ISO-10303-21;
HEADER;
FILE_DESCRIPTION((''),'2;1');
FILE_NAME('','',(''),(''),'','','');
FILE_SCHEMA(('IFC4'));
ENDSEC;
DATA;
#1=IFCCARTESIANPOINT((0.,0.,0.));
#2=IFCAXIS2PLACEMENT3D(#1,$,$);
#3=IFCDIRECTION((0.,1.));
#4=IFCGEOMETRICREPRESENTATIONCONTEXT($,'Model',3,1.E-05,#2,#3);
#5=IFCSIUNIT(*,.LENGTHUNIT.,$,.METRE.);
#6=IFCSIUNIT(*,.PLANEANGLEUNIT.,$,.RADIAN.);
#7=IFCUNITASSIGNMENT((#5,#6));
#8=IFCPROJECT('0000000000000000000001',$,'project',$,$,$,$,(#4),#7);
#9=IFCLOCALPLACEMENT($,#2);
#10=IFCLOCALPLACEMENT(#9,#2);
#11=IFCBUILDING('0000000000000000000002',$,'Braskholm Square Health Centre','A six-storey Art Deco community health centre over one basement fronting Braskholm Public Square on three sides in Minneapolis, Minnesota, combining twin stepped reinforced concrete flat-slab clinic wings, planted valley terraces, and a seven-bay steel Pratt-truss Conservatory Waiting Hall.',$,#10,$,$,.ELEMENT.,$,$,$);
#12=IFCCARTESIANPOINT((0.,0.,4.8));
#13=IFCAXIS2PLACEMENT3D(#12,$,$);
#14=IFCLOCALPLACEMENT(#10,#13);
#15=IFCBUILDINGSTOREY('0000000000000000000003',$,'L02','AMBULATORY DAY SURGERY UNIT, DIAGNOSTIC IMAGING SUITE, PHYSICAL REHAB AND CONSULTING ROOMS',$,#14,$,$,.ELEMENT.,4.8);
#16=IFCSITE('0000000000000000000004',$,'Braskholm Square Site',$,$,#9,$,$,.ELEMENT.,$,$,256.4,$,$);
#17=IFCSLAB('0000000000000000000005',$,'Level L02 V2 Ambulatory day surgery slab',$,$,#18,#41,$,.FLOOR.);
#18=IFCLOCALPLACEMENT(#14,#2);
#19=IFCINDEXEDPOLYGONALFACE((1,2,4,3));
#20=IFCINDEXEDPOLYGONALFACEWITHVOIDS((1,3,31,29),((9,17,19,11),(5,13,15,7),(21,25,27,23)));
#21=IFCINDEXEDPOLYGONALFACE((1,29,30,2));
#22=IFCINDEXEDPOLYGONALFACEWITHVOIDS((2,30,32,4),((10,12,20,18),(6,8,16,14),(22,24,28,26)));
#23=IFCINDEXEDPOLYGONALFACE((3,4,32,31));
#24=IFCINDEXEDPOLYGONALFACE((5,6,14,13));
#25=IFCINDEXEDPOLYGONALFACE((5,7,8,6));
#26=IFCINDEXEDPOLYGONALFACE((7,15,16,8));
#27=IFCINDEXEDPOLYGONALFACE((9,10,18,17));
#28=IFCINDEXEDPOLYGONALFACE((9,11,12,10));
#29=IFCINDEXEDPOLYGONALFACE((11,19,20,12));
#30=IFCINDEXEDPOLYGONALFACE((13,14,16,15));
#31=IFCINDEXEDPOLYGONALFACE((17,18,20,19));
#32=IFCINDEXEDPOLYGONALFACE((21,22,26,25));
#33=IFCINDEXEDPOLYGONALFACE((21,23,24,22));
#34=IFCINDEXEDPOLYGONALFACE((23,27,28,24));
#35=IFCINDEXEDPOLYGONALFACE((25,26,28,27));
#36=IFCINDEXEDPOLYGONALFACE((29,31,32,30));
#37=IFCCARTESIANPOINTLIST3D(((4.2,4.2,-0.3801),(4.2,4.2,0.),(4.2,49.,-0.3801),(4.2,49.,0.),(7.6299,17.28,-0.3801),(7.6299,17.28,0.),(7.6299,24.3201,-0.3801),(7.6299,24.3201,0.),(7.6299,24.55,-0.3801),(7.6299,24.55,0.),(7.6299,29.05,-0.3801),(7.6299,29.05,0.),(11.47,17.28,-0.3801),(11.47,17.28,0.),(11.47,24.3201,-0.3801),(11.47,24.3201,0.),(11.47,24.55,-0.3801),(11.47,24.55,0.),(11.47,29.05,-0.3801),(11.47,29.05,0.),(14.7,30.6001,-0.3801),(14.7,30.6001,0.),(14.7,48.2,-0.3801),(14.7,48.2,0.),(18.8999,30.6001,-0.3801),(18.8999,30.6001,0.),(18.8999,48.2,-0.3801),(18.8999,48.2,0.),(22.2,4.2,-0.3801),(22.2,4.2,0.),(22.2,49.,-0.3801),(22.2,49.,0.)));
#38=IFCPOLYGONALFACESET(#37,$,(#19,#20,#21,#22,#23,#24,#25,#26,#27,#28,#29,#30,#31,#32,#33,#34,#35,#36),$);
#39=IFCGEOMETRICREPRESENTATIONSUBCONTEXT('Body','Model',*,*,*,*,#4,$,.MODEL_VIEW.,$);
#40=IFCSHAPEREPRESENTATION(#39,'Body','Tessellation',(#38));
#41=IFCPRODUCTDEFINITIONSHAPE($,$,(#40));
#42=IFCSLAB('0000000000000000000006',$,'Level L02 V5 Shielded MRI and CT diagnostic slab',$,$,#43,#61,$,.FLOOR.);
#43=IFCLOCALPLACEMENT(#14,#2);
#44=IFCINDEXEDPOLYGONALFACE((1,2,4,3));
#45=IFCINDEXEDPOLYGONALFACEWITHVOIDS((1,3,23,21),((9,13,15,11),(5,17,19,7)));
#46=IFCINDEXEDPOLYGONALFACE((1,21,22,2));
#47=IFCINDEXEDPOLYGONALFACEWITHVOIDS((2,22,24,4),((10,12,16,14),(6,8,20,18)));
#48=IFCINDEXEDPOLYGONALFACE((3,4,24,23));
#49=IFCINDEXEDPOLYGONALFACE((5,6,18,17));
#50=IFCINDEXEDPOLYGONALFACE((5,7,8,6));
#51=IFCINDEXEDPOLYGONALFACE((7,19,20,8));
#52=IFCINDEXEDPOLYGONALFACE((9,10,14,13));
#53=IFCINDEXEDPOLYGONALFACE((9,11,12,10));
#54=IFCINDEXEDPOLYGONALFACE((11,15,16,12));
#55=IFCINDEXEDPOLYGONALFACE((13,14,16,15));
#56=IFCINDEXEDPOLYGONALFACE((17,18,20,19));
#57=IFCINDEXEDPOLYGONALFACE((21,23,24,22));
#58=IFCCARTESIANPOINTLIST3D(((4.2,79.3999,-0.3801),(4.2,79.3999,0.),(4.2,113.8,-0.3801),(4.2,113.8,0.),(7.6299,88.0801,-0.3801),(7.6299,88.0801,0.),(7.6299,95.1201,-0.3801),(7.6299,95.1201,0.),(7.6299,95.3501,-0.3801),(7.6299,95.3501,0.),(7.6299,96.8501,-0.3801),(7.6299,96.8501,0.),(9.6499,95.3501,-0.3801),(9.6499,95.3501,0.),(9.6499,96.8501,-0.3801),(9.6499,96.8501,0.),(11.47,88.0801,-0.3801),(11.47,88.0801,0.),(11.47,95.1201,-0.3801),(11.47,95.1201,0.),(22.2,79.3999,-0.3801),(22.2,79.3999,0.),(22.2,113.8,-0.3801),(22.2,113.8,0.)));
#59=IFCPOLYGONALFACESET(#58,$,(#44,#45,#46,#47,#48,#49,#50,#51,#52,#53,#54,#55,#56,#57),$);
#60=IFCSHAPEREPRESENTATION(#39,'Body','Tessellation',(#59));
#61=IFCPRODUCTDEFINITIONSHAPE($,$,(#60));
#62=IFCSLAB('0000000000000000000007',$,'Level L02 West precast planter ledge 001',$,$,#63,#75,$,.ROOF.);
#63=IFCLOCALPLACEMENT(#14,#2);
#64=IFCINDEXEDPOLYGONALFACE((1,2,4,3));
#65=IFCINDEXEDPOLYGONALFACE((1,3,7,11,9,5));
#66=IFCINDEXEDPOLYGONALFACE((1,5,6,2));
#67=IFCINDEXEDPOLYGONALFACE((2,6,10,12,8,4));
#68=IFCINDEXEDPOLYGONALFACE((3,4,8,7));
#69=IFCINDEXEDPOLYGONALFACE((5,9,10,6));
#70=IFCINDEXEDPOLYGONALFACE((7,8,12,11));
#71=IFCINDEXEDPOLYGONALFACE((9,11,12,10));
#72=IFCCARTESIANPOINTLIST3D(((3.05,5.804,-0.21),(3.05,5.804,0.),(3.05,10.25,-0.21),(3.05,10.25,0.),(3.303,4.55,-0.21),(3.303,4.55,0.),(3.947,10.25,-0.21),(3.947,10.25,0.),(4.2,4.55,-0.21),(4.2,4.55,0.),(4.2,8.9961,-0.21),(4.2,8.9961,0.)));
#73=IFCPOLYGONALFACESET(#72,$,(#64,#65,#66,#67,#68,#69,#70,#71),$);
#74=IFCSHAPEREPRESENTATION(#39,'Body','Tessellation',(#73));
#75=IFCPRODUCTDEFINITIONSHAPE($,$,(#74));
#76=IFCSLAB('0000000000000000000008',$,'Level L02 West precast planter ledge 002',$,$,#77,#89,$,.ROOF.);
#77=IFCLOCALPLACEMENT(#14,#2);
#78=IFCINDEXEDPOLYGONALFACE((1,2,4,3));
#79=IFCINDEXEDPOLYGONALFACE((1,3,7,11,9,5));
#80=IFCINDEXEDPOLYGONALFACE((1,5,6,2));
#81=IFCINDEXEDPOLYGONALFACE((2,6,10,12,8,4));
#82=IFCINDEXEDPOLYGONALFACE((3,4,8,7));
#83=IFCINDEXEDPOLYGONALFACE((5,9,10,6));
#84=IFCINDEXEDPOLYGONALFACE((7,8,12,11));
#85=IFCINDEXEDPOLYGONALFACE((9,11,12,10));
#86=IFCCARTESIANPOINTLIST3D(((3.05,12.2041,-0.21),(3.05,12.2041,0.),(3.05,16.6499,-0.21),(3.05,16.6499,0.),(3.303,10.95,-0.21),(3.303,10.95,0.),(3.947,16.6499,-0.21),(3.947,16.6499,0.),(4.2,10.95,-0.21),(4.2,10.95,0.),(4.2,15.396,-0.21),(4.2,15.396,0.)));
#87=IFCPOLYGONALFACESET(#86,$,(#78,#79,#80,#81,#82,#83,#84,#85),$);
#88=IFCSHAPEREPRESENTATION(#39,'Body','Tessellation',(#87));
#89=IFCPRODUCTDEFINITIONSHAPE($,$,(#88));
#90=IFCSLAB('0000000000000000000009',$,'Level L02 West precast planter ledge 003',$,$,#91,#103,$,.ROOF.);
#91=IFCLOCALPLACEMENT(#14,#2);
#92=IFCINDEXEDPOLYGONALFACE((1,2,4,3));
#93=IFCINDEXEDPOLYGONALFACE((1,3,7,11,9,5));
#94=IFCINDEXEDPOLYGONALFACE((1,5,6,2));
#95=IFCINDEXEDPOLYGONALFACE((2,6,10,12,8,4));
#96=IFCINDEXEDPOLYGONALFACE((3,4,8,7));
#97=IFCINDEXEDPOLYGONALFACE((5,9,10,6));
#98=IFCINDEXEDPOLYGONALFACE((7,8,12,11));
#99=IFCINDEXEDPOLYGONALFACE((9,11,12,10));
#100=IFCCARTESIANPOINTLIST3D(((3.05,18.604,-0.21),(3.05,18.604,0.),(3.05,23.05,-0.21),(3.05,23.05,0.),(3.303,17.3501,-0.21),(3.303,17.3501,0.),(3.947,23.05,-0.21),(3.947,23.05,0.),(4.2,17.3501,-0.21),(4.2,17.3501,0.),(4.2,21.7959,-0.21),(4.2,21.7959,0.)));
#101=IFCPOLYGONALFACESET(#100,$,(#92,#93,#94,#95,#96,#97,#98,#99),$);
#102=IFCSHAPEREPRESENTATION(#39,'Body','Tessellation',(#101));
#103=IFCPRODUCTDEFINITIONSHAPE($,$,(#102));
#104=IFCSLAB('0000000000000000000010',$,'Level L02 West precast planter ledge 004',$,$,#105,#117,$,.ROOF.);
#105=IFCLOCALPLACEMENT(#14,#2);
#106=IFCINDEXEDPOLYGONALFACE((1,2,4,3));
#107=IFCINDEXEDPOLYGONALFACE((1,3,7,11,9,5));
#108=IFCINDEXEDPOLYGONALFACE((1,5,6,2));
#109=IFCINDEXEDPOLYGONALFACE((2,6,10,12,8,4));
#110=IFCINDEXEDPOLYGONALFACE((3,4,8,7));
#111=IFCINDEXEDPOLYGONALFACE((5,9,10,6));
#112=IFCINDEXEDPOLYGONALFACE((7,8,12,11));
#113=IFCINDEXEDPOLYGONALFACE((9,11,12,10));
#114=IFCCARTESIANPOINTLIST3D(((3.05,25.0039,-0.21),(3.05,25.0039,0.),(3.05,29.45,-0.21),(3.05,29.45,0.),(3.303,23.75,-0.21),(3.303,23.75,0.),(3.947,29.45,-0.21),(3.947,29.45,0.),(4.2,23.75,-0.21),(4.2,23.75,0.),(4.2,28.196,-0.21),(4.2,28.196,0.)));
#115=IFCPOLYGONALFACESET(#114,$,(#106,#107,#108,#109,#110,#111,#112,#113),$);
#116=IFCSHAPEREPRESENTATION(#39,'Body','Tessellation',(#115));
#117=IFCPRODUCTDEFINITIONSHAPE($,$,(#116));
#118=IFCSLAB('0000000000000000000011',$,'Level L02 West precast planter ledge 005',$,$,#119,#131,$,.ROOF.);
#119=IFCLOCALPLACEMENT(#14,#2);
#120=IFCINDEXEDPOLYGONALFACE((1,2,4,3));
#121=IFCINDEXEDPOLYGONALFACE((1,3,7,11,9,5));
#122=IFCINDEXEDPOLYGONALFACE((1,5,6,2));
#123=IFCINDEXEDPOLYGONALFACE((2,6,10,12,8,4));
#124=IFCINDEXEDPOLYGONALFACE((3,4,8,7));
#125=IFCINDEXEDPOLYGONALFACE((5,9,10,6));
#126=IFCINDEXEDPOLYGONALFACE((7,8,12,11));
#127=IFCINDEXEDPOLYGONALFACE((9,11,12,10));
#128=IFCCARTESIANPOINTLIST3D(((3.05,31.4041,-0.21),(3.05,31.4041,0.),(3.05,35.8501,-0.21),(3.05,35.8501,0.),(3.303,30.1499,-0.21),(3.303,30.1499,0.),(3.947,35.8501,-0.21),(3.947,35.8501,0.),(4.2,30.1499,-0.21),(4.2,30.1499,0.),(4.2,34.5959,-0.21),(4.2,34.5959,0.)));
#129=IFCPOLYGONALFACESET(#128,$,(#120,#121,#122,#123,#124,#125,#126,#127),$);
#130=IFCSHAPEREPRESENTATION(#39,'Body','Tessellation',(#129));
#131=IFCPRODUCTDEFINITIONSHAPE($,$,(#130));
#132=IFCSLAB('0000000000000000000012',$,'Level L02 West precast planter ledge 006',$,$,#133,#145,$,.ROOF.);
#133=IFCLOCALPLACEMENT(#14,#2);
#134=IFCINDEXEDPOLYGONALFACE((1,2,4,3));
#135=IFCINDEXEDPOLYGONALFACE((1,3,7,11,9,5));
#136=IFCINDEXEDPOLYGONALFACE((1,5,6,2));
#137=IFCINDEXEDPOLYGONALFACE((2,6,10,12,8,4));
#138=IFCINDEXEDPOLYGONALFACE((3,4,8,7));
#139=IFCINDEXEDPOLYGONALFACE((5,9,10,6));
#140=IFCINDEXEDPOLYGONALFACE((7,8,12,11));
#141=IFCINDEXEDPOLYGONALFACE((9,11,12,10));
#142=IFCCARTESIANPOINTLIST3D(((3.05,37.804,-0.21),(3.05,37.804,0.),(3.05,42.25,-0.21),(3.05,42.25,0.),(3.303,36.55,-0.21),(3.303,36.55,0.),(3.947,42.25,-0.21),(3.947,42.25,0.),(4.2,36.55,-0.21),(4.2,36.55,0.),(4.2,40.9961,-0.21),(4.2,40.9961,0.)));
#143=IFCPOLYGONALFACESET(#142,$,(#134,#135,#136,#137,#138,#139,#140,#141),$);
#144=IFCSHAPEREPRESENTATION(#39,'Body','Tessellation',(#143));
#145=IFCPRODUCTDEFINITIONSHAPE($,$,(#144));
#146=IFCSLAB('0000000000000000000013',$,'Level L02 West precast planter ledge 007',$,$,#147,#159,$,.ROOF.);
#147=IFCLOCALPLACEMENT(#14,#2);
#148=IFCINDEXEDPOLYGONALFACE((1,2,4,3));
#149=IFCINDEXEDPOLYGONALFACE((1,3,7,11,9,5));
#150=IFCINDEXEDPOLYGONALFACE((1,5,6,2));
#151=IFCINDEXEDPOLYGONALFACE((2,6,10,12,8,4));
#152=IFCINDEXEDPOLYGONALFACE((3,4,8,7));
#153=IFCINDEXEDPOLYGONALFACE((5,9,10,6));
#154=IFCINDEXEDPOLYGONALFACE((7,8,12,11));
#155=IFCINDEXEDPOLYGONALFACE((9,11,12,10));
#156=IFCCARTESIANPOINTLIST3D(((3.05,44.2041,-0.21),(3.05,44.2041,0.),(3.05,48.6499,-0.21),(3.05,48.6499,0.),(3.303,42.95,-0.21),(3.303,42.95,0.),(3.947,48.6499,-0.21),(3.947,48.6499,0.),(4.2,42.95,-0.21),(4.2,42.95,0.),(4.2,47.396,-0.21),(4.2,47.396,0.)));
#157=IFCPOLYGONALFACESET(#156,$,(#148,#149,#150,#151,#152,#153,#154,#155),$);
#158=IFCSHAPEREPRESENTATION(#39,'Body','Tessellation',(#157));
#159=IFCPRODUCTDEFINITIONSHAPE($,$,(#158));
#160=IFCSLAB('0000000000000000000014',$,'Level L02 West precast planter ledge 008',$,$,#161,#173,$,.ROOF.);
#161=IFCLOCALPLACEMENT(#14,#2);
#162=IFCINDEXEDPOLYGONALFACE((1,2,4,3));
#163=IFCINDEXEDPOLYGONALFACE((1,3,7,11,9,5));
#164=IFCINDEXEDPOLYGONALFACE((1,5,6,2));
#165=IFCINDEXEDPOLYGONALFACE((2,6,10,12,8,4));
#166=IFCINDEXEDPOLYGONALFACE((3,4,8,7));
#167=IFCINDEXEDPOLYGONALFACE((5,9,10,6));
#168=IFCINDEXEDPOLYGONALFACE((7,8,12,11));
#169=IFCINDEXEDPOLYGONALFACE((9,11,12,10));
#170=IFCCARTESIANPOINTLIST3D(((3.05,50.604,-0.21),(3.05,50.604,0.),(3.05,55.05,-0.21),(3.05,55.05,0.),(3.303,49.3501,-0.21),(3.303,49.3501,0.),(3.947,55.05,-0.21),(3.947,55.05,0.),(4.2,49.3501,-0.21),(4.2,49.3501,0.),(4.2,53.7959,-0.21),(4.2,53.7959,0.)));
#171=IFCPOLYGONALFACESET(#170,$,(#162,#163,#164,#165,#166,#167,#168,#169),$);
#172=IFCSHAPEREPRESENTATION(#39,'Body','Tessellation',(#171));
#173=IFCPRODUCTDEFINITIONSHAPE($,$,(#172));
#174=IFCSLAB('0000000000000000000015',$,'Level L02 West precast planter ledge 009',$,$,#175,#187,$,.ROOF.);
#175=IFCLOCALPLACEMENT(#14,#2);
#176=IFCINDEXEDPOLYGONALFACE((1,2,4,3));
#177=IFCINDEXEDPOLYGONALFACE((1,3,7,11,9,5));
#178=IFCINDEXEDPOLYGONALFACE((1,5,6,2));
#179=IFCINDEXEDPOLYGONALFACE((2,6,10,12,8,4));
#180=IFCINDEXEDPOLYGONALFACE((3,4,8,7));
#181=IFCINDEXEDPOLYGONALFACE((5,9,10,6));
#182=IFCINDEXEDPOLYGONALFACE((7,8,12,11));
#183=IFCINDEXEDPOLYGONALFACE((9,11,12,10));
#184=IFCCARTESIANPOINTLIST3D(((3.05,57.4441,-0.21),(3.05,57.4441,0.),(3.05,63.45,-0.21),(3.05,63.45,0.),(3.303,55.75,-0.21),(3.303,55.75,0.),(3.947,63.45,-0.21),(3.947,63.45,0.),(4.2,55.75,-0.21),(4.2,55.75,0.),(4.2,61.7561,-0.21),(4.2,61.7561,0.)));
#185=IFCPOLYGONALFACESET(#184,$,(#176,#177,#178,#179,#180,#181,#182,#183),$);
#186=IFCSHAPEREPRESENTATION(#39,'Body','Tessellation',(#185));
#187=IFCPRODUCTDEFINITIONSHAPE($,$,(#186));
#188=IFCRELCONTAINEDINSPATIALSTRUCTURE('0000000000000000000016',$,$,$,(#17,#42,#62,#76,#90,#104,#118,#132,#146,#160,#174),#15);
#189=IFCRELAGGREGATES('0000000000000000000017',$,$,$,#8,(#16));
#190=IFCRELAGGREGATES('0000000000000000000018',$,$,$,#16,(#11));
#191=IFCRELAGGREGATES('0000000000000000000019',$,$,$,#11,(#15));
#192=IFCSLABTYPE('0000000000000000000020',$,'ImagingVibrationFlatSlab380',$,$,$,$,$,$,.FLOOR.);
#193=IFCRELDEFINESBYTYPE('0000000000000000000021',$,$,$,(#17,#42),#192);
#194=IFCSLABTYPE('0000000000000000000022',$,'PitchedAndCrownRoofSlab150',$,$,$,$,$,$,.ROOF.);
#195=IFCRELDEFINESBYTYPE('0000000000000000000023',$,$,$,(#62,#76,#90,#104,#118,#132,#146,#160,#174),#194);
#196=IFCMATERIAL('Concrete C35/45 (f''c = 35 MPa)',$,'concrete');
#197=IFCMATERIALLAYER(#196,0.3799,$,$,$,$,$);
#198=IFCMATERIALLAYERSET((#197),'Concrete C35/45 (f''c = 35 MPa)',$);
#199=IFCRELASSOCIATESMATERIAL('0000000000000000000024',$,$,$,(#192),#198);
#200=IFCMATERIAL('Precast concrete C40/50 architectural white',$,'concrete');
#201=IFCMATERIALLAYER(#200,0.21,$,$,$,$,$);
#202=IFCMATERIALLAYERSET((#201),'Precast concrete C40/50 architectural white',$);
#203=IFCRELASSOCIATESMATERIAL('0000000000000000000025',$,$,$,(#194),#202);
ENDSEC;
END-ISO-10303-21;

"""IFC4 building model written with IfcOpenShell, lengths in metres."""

from ifc_helpers import new_model, si_unit, direction, frame, origin, place, context, subcontext, project, spatial, polyline, outline, extrude, material, layer, layer_set, type_object, element, save


model = new_model("IFC4")

# Units and contexts
model_context = context("Model", 3, precision=1e-05, world=origin(), true_north=direction((0.0, 1.0)))
body_context = subcontext(model_context, "Body", "Model", "MODEL_VIEW")
ifc_project = project(units=[si_unit("LENGTHUNIT", "METRE"), si_unit("PLANEANGLEUNIT", "RADIAN")], contexts=[model_context])

# Site, building, storey
site_placement = place(None, origin())
site = spatial("IfcSite", under=ifc_project, at=site_placement, Name="Braskholm Square Site", CompositionType="ELEMENT", RefElevation=256.4)
building_placement = place(site_placement, origin())
building = spatial("IfcBuilding", under=site, at=building_placement, Name="Braskholm Square Health Centre", Description="A six-storey Art Deco community health centre over one basement fronting Braskholm Public Square on three sides in Minneapolis, Minnesota, combining twin stepped reinforced concrete flat-slab clinic wings, planted valley terraces, and a seven-bay steel Pratt-truss Conservatory Waiting Hall.", CompositionType="ELEMENT")
storey_placement = place(building_placement, frame((0.0, 0.0, 4.8)))
storey = spatial("IfcBuildingStorey", under=building, at=storey_placement, Name="L02", Description="AMBULATORY DAY SURGERY UNIT, DIAGNOSTIC IMAGING SUITE, PHYSICAL REHAB AND CONSULTING ROOMS", CompositionType="ELEMENT", Elevation=4.8)

# Slabs
ifc_material_1 = material(Name="Concrete C35/45 (f'c = 35 MPa)", Category="concrete")
ifc_layer_1 = layer(ifc_material_1, 0.3799)
ifc_layer_set_1 = layer_set([ifc_layer_1], Name="Concrete C35/45 (f'c = 35 MPa)")
slab_type_1 = type_object("IfcSlabType", Name="ImagingVibrationFlatSlab380", PredefinedType="FLOOR", material=ifc_layer_set_1)
slab_1_placement = place(storey_placement, frame((0.0, 0.0, -0.3801)))
element("IfcSlab", 1, at=slab_1_placement, inside=storey, type_object=slab_type_1, Name="Level L02 V2 Ambulatory day surgery slab", PredefinedType="FLOOR", context=body_context, shape_type="SweptSolid", body=[
    extrude(outline(polyline([(4.2, 4.2), (22.2, 4.2), (22.2, 49.0), (4.2, 49.0), (4.2, 4.2)]), holes=[polyline([(7.6299, 17.28), (11.47, 17.28), (11.47, 24.3201), (7.6299, 24.3201), (7.6299, 17.28)]), polyline([(7.6299, 24.55), (11.47, 24.55), (11.47, 29.05), (7.6299, 29.05), (7.6299, 24.55)]), polyline([(14.7, 30.6001), (18.8999, 30.6001), (18.8999, 48.2), (14.7, 48.2), (14.7, 30.6001)])]), origin(), (0.0, 0.0, 1.0), 0.3801),
])
slab_2_placement = place(storey_placement, frame((0.0, 0.0, -0.3801)))
element("IfcSlab", 2, at=slab_2_placement, inside=storey, type_object=slab_type_1, Name="Level L02 V5 Shielded MRI and CT diagnostic slab", PredefinedType="FLOOR", context=body_context, shape_type="SweptSolid", body=[
    extrude(outline(polyline([(4.2, 79.3999), (22.2, 79.3999), (22.2, 113.8), (4.2, 113.8), (4.2, 79.3999)]), holes=[polyline([(7.6299, 88.0801), (11.47, 88.0801), (11.47, 95.1201), (7.6299, 95.1201), (7.6299, 88.0801)]), polyline([(7.6299, 95.3501), (9.6499, 95.3501), (9.6499, 96.8501), (7.6299, 96.8501), (7.6299, 95.3501)])]), origin(), (0.0, 0.0, 1.0), 0.3801),
])
ifc_material_2 = material(Name="Precast concrete C40/50 architectural white", Category="concrete")
ifc_layer_2 = layer(ifc_material_2, 0.21)
ifc_layer_set_2 = layer_set([ifc_layer_2], Name="Precast concrete C40/50 architectural white")
slab_type_2 = type_object("IfcSlabType", Name="PitchedAndCrownRoofSlab150", PredefinedType="ROOF", material=ifc_layer_set_2)
slab_3_placement = place(storey_placement, frame((0.0, 0.0, -0.21)))
element("IfcSlab", 3, at=slab_3_placement, inside=storey, type_object=slab_type_2, Name="Level L02 West precast planter ledge 001", PredefinedType="ROOF", context=body_context, shape_type="SweptSolid", body=[
    extrude(outline(polyline([(3.303, 4.55), (4.2, 4.55), (4.2, 8.9961), (3.947, 10.25), (3.05, 10.25), (3.05, 5.804), (3.303, 4.55)])), origin(), (0.0, 0.0, 1.0), 0.21),
])
slab_4_placement = place(storey_placement, frame((0.0, 0.0, -0.21)))
element("IfcSlab", 4, at=slab_4_placement, inside=storey, type_object=slab_type_2, Name="Level L02 West precast planter ledge 002", PredefinedType="ROOF", context=body_context, shape_type="SweptSolid", body=[
    extrude(outline(polyline([(3.303, 10.95), (4.2, 10.95), (4.2, 15.396), (3.947, 16.6499), (3.05, 16.6499), (3.05, 12.2041), (3.303, 10.95)])), origin(), (0.0, 0.0, 1.0), 0.21),
])
slab_5_placement = place(storey_placement, frame((0.0, 0.0, -0.21)))
element("IfcSlab", 5, at=slab_5_placement, inside=storey, type_object=slab_type_2, Name="Level L02 West precast planter ledge 003", PredefinedType="ROOF", context=body_context, shape_type="SweptSolid", body=[
    extrude(outline(polyline([(3.303, 17.3501), (4.2, 17.3501), (4.2, 21.7959), (3.947, 23.05), (3.05, 23.05), (3.05, 18.604), (3.303, 17.3501)])), origin(), (0.0, 0.0, 1.0), 0.21),
])
slab_6_placement = place(storey_placement, frame((0.0, 0.0, -0.21)))
element("IfcSlab", 6, at=slab_6_placement, inside=storey, type_object=slab_type_2, Name="Level L02 West precast planter ledge 004", PredefinedType="ROOF", context=body_context, shape_type="SweptSolid", body=[
    extrude(outline(polyline([(3.303, 23.75), (4.2, 23.75), (4.2, 28.196), (3.947, 29.45), (3.05, 29.45), (3.05, 25.0039), (3.303, 23.75)])), origin(), (0.0, 0.0, 1.0), 0.21),
])
slab_7_placement = place(storey_placement, frame((0.0, 0.0, -0.21)))
element("IfcSlab", 7, at=slab_7_placement, inside=storey, type_object=slab_type_2, Name="Level L02 West precast planter ledge 005", PredefinedType="ROOF", context=body_context, shape_type="SweptSolid", body=[
    extrude(outline(polyline([(3.303, 30.1499), (4.2, 30.1499), (4.2, 34.5959), (3.947, 35.8501), (3.05, 35.8501), (3.05, 31.4041), (3.303, 30.1499)])), origin(), (0.0, 0.0, 1.0), 0.21),
])
slab_8_placement = place(storey_placement, frame((0.0, 0.0, -0.21)))
element("IfcSlab", 8, at=slab_8_placement, inside=storey, type_object=slab_type_2, Name="Level L02 West precast planter ledge 006", PredefinedType="ROOF", context=body_context, shape_type="SweptSolid", body=[
    extrude(outline(polyline([(3.303, 36.55), (4.2, 36.55), (4.2, 40.9961), (3.947, 42.25), (3.05, 42.25), (3.05, 37.804), (3.303, 36.55)])), origin(), (0.0, 0.0, 1.0), 0.21),
])
slab_9_placement = place(storey_placement, frame((0.0, 0.0, -0.21)))
element("IfcSlab", 9, at=slab_9_placement, inside=storey, type_object=slab_type_2, Name="Level L02 West precast planter ledge 007", PredefinedType="ROOF", context=body_context, shape_type="SweptSolid", body=[
    extrude(outline(polyline([(3.303, 42.95), (4.2, 42.95), (4.2, 47.396), (3.947, 48.6499), (3.05, 48.6499), (3.05, 44.2041), (3.303, 42.95)])), origin(), (0.0, 0.0, 1.0), 0.21),
])
slab_10_placement = place(storey_placement, frame((0.0, 0.0, -0.21)))
element("IfcSlab", 10, at=slab_10_placement, inside=storey, type_object=slab_type_2, Name="Level L02 West precast planter ledge 008", PredefinedType="ROOF", context=body_context, shape_type="SweptSolid", body=[
    extrude(outline(polyline([(3.303, 49.3501), (4.2, 49.3501), (4.2, 53.7959), (3.947, 55.05), (3.05, 55.05), (3.05, 50.604), (3.303, 49.3501)])), origin(), (0.0, 0.0, 1.0), 0.21),
])
slab_11_placement = place(storey_placement, frame((0.0, 0.0, -0.21)))
element("IfcSlab", 11, at=slab_11_placement, inside=storey, type_object=slab_type_2, Name="Level L02 West precast planter ledge 009", PredefinedType="ROOF", context=body_context, shape_type="SweptSolid", body=[
    extrude(outline(polyline([(3.303, 55.75), (4.2, 55.75), (4.2, 61.7561), (3.947, 63.45), (3.05, 63.45), (3.05, 57.4441), (3.303, 55.75)])), origin(), (0.0, 0.0, 1.0), 0.21),
])

save(model, "model.ifc")
